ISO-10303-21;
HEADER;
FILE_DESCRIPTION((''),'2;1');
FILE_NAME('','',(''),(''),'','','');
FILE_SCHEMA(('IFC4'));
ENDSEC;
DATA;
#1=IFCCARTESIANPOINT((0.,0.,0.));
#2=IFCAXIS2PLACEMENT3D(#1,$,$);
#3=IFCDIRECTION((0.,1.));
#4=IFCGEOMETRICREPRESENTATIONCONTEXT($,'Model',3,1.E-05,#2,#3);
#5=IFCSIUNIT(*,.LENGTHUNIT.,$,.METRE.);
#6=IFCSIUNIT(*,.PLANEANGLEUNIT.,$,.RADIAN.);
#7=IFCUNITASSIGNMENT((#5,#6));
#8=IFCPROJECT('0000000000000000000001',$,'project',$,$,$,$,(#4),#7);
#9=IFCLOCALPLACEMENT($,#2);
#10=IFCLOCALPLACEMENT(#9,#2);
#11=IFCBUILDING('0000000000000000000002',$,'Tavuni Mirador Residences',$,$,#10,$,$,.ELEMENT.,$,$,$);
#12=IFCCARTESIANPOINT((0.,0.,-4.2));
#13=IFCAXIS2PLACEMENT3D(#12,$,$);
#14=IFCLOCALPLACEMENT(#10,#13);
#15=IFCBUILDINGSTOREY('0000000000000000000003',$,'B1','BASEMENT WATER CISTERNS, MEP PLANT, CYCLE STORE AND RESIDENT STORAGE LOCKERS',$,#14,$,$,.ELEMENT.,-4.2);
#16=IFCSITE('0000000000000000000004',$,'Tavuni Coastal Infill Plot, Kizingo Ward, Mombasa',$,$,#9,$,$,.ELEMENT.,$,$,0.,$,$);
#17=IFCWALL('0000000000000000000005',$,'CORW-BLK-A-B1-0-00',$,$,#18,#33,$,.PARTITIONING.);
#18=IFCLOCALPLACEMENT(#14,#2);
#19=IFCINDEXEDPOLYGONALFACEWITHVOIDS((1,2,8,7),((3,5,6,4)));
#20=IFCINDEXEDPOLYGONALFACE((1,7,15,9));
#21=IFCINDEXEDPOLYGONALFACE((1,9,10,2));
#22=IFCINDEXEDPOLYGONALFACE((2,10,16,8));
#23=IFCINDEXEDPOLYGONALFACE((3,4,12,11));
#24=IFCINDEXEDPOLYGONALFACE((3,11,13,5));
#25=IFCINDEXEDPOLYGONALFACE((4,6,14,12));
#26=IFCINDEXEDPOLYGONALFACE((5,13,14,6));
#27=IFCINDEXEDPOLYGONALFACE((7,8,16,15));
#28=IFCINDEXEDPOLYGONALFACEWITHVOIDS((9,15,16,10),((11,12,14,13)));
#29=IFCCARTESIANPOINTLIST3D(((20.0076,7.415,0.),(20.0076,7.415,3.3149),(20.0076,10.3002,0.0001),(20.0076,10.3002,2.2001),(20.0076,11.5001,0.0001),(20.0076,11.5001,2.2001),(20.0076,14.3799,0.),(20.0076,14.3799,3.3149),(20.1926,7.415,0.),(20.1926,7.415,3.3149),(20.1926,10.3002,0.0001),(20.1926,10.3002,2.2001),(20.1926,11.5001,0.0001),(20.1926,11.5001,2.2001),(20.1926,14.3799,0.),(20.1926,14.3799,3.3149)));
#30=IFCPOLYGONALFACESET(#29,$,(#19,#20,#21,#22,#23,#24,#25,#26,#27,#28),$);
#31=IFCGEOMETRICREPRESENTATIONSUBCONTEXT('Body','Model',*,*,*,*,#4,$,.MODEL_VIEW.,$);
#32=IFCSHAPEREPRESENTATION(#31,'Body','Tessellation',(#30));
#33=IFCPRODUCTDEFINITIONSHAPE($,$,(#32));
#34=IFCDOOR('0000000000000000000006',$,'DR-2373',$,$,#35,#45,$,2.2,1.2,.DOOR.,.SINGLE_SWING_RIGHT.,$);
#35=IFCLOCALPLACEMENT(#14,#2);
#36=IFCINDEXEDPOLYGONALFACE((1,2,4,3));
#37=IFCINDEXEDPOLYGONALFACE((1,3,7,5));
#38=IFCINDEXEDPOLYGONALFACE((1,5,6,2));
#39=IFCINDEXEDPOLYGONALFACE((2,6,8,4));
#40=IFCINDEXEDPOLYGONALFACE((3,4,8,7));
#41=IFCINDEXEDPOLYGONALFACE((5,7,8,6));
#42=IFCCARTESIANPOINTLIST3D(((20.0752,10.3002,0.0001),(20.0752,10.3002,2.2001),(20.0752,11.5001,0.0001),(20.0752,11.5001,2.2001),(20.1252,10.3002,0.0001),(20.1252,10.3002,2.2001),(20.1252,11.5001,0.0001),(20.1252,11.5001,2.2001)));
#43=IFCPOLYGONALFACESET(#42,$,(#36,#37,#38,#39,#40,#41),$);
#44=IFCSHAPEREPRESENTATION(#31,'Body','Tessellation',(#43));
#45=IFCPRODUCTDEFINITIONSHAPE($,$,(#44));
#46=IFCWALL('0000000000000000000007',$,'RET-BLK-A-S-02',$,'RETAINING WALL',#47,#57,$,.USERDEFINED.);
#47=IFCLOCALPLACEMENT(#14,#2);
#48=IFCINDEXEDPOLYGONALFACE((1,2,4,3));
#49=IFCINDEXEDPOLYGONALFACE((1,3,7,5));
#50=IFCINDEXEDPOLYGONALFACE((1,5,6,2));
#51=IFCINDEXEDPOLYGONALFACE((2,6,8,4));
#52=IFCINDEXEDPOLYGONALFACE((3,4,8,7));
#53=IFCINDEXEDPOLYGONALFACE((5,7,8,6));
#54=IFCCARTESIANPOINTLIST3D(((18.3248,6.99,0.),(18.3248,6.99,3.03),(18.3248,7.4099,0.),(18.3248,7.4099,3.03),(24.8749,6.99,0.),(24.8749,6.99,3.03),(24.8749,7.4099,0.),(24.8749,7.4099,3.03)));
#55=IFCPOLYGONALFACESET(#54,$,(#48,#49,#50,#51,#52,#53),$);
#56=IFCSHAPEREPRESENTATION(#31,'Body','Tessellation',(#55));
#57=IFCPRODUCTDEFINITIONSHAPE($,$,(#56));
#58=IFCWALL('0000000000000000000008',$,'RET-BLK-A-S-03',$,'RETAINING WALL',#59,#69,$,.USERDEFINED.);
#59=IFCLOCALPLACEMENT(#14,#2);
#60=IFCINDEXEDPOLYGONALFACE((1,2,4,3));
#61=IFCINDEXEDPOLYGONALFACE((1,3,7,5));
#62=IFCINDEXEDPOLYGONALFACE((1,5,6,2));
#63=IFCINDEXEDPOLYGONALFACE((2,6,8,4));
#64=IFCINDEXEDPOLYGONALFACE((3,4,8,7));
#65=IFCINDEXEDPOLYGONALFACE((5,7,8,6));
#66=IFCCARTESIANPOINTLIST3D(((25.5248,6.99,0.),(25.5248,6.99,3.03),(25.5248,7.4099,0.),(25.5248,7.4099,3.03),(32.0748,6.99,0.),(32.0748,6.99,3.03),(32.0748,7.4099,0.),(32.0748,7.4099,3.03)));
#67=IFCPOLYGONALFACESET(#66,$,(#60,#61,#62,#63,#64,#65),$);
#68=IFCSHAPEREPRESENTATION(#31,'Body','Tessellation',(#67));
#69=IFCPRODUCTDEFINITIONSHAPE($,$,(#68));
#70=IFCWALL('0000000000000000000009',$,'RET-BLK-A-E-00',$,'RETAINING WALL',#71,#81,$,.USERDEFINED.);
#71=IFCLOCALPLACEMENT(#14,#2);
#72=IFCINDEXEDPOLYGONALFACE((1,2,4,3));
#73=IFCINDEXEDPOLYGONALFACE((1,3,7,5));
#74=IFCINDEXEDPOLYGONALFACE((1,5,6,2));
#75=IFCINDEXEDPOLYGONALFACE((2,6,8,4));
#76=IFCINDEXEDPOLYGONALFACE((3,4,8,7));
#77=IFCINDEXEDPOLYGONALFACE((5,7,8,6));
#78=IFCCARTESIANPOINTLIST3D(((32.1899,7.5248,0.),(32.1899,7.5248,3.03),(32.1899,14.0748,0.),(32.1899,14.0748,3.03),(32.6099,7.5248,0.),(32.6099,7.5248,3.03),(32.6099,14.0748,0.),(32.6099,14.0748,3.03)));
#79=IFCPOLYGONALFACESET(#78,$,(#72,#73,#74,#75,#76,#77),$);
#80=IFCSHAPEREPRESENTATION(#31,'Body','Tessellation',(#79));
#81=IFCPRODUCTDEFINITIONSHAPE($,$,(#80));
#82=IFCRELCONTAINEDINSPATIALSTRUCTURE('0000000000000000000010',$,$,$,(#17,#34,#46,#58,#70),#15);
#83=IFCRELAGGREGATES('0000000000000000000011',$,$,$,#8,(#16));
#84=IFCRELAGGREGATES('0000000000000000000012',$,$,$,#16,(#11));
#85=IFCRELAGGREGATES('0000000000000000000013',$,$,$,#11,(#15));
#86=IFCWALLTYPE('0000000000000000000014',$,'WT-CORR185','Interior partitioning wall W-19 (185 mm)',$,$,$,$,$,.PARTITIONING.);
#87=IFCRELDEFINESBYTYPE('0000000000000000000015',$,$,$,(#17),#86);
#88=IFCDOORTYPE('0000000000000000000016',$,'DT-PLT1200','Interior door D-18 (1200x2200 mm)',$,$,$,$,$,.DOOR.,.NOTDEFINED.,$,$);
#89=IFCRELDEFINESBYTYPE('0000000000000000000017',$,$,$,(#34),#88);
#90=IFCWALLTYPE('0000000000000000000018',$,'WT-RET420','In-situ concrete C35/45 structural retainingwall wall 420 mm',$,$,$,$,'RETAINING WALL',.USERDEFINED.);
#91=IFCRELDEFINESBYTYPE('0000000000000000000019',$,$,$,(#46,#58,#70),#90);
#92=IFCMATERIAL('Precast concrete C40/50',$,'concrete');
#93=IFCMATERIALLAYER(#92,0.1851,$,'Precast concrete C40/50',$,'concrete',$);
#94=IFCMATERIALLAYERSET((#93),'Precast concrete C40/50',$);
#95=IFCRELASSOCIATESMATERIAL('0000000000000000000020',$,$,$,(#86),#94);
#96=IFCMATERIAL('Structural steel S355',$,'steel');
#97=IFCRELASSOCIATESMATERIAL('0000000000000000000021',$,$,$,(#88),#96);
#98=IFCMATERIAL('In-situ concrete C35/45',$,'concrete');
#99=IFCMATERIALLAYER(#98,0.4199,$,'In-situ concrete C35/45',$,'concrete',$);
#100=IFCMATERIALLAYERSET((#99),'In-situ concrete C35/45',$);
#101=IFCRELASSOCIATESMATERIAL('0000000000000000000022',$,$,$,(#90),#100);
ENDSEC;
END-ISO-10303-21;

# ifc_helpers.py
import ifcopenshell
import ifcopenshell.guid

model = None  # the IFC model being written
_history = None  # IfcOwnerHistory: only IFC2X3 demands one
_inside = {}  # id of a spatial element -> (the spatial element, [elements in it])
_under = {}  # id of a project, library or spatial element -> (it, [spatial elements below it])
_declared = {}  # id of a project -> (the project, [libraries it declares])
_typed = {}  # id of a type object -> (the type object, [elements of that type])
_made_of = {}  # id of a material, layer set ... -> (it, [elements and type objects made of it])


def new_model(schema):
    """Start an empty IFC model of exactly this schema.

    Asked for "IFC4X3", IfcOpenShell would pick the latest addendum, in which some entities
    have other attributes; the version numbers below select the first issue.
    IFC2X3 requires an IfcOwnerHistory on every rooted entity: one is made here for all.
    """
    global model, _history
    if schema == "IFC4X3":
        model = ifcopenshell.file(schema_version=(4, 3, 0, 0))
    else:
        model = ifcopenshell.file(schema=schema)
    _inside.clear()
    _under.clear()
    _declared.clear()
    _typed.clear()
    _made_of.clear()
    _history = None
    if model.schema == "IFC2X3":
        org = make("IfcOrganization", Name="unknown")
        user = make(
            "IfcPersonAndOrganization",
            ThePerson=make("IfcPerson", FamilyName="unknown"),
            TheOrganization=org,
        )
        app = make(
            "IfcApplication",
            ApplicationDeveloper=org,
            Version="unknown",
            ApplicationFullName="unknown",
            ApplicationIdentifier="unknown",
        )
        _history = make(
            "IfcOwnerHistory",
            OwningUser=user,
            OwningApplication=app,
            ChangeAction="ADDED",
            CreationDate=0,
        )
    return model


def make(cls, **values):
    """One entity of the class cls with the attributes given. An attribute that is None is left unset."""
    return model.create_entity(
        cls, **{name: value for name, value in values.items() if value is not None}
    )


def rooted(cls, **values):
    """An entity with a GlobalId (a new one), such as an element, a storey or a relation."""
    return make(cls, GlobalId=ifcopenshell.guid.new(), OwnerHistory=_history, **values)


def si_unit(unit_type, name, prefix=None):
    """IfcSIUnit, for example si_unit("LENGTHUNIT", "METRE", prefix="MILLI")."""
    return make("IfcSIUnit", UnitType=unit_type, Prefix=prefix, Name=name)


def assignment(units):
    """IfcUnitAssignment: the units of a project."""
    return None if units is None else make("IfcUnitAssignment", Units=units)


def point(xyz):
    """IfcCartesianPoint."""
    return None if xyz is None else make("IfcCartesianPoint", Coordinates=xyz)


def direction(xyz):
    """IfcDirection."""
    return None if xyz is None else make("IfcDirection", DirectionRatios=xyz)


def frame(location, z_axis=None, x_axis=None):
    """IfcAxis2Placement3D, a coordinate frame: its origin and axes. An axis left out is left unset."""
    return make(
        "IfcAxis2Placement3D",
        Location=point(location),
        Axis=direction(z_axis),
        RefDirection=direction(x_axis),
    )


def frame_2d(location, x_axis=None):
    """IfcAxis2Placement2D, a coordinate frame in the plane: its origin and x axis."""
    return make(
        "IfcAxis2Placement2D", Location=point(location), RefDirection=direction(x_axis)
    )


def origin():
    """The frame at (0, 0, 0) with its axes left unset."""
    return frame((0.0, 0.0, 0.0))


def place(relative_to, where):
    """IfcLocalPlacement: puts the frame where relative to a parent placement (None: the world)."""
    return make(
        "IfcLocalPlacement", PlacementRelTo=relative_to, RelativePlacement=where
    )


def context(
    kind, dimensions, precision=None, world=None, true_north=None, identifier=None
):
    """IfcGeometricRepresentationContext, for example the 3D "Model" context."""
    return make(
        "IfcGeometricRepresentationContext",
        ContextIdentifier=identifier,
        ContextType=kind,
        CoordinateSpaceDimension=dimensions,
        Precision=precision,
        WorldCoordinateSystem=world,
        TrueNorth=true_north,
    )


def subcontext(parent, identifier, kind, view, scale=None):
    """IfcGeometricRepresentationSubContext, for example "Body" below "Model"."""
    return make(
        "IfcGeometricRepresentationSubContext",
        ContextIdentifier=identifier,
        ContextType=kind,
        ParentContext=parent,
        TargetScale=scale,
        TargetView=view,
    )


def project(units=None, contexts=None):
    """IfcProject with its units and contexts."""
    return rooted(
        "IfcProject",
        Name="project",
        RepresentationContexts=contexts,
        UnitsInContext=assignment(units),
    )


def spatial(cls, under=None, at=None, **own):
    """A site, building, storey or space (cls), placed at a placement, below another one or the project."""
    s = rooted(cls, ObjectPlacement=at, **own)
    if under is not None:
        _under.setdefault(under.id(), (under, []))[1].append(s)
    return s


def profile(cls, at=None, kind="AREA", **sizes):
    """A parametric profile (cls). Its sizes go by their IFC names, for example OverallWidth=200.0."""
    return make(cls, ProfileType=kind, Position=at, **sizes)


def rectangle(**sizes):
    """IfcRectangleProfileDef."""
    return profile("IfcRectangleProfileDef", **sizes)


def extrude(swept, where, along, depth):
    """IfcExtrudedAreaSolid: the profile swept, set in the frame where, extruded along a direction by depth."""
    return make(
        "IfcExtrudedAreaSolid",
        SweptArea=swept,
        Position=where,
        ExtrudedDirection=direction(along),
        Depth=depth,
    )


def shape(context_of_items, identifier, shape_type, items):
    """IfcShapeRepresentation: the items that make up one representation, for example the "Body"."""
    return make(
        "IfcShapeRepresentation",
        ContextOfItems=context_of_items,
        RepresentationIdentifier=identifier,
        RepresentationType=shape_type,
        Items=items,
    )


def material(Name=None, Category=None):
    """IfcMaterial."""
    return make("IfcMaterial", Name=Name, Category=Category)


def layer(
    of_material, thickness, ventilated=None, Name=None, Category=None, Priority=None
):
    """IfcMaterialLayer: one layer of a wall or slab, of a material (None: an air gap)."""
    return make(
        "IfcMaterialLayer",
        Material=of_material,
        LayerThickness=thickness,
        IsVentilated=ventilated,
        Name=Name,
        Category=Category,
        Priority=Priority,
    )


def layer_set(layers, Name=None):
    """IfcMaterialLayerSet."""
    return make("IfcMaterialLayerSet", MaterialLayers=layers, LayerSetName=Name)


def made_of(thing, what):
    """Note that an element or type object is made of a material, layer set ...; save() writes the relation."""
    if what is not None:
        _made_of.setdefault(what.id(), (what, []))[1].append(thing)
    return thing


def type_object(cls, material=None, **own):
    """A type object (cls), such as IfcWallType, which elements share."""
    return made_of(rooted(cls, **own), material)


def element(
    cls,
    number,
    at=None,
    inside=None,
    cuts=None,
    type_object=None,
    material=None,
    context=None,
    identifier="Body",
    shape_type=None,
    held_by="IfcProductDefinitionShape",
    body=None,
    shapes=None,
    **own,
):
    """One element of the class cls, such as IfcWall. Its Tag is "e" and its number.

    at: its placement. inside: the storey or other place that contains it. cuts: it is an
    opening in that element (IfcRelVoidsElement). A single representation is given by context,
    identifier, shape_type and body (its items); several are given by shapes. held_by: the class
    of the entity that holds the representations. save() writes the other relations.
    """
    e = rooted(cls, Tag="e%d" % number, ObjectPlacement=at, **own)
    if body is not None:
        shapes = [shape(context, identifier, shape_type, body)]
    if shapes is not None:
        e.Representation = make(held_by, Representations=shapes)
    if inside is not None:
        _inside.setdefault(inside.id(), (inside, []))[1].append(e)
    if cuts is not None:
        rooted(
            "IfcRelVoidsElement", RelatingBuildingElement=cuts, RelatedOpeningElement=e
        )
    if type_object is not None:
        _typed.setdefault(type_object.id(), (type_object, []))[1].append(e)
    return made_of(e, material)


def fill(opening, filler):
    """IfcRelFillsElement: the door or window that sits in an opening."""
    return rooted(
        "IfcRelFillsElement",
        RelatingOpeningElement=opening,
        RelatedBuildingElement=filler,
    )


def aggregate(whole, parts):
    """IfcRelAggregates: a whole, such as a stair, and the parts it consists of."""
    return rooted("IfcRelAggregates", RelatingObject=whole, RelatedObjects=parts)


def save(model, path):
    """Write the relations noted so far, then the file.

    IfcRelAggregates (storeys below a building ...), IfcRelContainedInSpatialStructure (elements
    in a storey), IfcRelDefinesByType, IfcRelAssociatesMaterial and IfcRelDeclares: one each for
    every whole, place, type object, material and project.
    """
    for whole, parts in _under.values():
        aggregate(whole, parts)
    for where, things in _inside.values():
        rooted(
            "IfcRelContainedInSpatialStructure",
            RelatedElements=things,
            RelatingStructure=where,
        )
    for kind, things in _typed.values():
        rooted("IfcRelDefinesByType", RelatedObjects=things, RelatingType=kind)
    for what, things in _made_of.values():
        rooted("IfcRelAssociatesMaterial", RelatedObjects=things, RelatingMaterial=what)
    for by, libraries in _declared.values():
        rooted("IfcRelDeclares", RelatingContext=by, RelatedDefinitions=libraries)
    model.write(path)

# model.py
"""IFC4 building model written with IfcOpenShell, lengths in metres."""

from ifc_helpers import new_model, si_unit, direction, frame, frame_2d, origin, place, context, subcontext, project, spatial, rectangle, extrude, material, layer, layer_set, type_object, element, fill, save


model = new_model("IFC4")

# Units and contexts
model_context = context("Model", 3, precision=1e-05, world=origin(), true_north=direction((0.0, 1.0)))
body_context = subcontext(model_context, "Body", "Model", "MODEL_VIEW")
ifc_project = project(units=[si_unit("LENGTHUNIT", "METRE"), si_unit("PLANEANGLEUNIT", "RADIAN")], contexts=[model_context])

# Site, building, storey
site_placement = place(None, origin())
site = spatial("IfcSite", under=ifc_project, at=site_placement, Name="Tavuni Coastal Infill Plot, Kizingo Ward, Mombasa", CompositionType="ELEMENT", RefElevation=0.0)
building_placement = place(site_placement, origin())
building = spatial("IfcBuilding", under=site, at=building_placement, Name="Tavuni Mirador Residences", CompositionType="ELEMENT")
storey_placement = place(building_placement, frame((0.0, 0.0, -4.2)))
storey = spatial("IfcBuildingStorey", under=building, at=storey_placement, Name="B1", Description="BASEMENT WATER CISTERNS, MEP PLANT, CYCLE STORE AND RESIDENT STORAGE LOCKERS", CompositionType="ELEMENT", Elevation=-4.2)

# Shared definitions
ifc_material_1 = material(Name="In-situ concrete C35/45", Category="concrete")

# Shared definitions
ifc_material_2 = material(Name="Precast concrete C40/50", Category="concrete")

# Wall, opening, door
ifc_layer_1 = layer(ifc_material_2, 0.1851, Name="Precast concrete C40/50", Category="concrete")
ifc_layer_set_1 = layer_set([ifc_layer_1], Name="Precast concrete C40/50")
wall_type_1 = type_object("IfcWallType", Name="WT-CORR185", Description="Interior partitioning wall W-19 (185 mm)", PredefinedType="PARTITIONING", material=ifc_layer_set_1)
wall_placement = place(storey_placement, frame((20.1001, 7.415, 0.0), z_axis=(0.0, 0.0, 1.0), x_axis=(0.0, 1.0, 0.0)))
wall = element("IfcWall", 1, at=wall_placement, inside=storey, type_object=wall_type_1, Name="CORW-BLK-A-B1-0-00", PredefinedType="PARTITIONING", context=body_context, shape_type="SweptSolid", body=[
    extrude(rectangle(XDim=6.9648, YDim=0.1851, at=frame_2d((3.4824, 0.0))), origin(), (0.0, 0.0, 1.0), 3.3149),
])
opening_placement = place(wall_placement, frame((2.885, 0.0, 0.0)))
opening = element("IfcOpeningElement", 2, at=opening_placement, cuts=wall, PredefinedType="OPENING", context=body_context, shape_type="SweptSolid", body=[
    extrude(rectangle(XDim=1.2, YDim=2.2, at=frame_2d((0.6001, 1.1001))), frame((0.0, 0.1025, 0.0), z_axis=(0.0, -1.0, 0.0), x_axis=(1.0, 0.0, 0.0)), (0.0, 0.0, 1.0), 0.2051),
])
ifc_material_3 = material(Name="Structural steel S355", Category="steel")
door_type = type_object("IfcDoorType", Name="DT-PLT1200", Description="Interior door D-18 (1200x2200 mm)", OperationType="NOTDEFINED", PredefinedType="DOOR", material=ifc_material_3)
door_placement = place(opening_placement, origin())
door = element("IfcDoor", 3, at=door_placement, inside=storey, type_object=door_type, Name="DR-2373", OperationType="SINGLE_SWING_RIGHT", OverallHeight=2.2, OverallWidth=1.2, PredefinedType="DOOR", context=body_context, shape_type="SweptSolid", body=[
    extrude(rectangle(XDim=1.2, YDim=2.2, at=frame_2d((0.6001, 1.1001))), frame((0.0, 0.0249, 0.0), z_axis=(0.0, -1.0, 0.0), x_axis=(1.0, 0.0, 0.0)), (0.0, 0.0, 1.0), 0.05),
])
fill(opening, door)

# Walls
ifc_layer_2 = layer(ifc_material_1, 0.4199, Name="In-situ concrete C35/45", Category="concrete")
ifc_layer_set_2 = layer_set([ifc_layer_2], Name="In-situ concrete C35/45")
wall_type_2 = type_object("IfcWallType", Name="WT-RET420", Description="In-situ concrete C35/45 structural retainingwall wall 420 mm", ElementType="RETAINING WALL", PredefinedType="USERDEFINED", material=ifc_layer_set_2)
for number, where, z_axis, x_axis, name in (
    (4, (18.325, 7.2, 0.0), (0.0, 0.0, 1.0), (1.0, 0.0, 0.0), "RET-BLK-A-S-02"),
    (5, (25.5249, 7.2, 0.0), (0.0, 0.0, 1.0), (1.0, 0.0, 0.0), "RET-BLK-A-S-03"),
    (6, (32.3999, 7.5249, 0.0), (0.0, 0.0, 1.0), (0.0, 1.0, 0.0), "RET-BLK-A-E-00"),
):
    element("IfcWall", number, at=place(storey_placement, frame(where, z_axis=z_axis, x_axis=x_axis)), inside=storey, type_object=wall_type_2, Name=name, ObjectType="RETAINING WALL", PredefinedType="USERDEFINED", context=body_context, shape_type="SweptSolid", body=[
        extrude(rectangle(XDim=6.55, YDim=0.4199, at=frame_2d((3.2749, 0.0))), origin(), (0.0, 0.0, 1.0), 3.03),
    ])

save(model, "model.ifc")
